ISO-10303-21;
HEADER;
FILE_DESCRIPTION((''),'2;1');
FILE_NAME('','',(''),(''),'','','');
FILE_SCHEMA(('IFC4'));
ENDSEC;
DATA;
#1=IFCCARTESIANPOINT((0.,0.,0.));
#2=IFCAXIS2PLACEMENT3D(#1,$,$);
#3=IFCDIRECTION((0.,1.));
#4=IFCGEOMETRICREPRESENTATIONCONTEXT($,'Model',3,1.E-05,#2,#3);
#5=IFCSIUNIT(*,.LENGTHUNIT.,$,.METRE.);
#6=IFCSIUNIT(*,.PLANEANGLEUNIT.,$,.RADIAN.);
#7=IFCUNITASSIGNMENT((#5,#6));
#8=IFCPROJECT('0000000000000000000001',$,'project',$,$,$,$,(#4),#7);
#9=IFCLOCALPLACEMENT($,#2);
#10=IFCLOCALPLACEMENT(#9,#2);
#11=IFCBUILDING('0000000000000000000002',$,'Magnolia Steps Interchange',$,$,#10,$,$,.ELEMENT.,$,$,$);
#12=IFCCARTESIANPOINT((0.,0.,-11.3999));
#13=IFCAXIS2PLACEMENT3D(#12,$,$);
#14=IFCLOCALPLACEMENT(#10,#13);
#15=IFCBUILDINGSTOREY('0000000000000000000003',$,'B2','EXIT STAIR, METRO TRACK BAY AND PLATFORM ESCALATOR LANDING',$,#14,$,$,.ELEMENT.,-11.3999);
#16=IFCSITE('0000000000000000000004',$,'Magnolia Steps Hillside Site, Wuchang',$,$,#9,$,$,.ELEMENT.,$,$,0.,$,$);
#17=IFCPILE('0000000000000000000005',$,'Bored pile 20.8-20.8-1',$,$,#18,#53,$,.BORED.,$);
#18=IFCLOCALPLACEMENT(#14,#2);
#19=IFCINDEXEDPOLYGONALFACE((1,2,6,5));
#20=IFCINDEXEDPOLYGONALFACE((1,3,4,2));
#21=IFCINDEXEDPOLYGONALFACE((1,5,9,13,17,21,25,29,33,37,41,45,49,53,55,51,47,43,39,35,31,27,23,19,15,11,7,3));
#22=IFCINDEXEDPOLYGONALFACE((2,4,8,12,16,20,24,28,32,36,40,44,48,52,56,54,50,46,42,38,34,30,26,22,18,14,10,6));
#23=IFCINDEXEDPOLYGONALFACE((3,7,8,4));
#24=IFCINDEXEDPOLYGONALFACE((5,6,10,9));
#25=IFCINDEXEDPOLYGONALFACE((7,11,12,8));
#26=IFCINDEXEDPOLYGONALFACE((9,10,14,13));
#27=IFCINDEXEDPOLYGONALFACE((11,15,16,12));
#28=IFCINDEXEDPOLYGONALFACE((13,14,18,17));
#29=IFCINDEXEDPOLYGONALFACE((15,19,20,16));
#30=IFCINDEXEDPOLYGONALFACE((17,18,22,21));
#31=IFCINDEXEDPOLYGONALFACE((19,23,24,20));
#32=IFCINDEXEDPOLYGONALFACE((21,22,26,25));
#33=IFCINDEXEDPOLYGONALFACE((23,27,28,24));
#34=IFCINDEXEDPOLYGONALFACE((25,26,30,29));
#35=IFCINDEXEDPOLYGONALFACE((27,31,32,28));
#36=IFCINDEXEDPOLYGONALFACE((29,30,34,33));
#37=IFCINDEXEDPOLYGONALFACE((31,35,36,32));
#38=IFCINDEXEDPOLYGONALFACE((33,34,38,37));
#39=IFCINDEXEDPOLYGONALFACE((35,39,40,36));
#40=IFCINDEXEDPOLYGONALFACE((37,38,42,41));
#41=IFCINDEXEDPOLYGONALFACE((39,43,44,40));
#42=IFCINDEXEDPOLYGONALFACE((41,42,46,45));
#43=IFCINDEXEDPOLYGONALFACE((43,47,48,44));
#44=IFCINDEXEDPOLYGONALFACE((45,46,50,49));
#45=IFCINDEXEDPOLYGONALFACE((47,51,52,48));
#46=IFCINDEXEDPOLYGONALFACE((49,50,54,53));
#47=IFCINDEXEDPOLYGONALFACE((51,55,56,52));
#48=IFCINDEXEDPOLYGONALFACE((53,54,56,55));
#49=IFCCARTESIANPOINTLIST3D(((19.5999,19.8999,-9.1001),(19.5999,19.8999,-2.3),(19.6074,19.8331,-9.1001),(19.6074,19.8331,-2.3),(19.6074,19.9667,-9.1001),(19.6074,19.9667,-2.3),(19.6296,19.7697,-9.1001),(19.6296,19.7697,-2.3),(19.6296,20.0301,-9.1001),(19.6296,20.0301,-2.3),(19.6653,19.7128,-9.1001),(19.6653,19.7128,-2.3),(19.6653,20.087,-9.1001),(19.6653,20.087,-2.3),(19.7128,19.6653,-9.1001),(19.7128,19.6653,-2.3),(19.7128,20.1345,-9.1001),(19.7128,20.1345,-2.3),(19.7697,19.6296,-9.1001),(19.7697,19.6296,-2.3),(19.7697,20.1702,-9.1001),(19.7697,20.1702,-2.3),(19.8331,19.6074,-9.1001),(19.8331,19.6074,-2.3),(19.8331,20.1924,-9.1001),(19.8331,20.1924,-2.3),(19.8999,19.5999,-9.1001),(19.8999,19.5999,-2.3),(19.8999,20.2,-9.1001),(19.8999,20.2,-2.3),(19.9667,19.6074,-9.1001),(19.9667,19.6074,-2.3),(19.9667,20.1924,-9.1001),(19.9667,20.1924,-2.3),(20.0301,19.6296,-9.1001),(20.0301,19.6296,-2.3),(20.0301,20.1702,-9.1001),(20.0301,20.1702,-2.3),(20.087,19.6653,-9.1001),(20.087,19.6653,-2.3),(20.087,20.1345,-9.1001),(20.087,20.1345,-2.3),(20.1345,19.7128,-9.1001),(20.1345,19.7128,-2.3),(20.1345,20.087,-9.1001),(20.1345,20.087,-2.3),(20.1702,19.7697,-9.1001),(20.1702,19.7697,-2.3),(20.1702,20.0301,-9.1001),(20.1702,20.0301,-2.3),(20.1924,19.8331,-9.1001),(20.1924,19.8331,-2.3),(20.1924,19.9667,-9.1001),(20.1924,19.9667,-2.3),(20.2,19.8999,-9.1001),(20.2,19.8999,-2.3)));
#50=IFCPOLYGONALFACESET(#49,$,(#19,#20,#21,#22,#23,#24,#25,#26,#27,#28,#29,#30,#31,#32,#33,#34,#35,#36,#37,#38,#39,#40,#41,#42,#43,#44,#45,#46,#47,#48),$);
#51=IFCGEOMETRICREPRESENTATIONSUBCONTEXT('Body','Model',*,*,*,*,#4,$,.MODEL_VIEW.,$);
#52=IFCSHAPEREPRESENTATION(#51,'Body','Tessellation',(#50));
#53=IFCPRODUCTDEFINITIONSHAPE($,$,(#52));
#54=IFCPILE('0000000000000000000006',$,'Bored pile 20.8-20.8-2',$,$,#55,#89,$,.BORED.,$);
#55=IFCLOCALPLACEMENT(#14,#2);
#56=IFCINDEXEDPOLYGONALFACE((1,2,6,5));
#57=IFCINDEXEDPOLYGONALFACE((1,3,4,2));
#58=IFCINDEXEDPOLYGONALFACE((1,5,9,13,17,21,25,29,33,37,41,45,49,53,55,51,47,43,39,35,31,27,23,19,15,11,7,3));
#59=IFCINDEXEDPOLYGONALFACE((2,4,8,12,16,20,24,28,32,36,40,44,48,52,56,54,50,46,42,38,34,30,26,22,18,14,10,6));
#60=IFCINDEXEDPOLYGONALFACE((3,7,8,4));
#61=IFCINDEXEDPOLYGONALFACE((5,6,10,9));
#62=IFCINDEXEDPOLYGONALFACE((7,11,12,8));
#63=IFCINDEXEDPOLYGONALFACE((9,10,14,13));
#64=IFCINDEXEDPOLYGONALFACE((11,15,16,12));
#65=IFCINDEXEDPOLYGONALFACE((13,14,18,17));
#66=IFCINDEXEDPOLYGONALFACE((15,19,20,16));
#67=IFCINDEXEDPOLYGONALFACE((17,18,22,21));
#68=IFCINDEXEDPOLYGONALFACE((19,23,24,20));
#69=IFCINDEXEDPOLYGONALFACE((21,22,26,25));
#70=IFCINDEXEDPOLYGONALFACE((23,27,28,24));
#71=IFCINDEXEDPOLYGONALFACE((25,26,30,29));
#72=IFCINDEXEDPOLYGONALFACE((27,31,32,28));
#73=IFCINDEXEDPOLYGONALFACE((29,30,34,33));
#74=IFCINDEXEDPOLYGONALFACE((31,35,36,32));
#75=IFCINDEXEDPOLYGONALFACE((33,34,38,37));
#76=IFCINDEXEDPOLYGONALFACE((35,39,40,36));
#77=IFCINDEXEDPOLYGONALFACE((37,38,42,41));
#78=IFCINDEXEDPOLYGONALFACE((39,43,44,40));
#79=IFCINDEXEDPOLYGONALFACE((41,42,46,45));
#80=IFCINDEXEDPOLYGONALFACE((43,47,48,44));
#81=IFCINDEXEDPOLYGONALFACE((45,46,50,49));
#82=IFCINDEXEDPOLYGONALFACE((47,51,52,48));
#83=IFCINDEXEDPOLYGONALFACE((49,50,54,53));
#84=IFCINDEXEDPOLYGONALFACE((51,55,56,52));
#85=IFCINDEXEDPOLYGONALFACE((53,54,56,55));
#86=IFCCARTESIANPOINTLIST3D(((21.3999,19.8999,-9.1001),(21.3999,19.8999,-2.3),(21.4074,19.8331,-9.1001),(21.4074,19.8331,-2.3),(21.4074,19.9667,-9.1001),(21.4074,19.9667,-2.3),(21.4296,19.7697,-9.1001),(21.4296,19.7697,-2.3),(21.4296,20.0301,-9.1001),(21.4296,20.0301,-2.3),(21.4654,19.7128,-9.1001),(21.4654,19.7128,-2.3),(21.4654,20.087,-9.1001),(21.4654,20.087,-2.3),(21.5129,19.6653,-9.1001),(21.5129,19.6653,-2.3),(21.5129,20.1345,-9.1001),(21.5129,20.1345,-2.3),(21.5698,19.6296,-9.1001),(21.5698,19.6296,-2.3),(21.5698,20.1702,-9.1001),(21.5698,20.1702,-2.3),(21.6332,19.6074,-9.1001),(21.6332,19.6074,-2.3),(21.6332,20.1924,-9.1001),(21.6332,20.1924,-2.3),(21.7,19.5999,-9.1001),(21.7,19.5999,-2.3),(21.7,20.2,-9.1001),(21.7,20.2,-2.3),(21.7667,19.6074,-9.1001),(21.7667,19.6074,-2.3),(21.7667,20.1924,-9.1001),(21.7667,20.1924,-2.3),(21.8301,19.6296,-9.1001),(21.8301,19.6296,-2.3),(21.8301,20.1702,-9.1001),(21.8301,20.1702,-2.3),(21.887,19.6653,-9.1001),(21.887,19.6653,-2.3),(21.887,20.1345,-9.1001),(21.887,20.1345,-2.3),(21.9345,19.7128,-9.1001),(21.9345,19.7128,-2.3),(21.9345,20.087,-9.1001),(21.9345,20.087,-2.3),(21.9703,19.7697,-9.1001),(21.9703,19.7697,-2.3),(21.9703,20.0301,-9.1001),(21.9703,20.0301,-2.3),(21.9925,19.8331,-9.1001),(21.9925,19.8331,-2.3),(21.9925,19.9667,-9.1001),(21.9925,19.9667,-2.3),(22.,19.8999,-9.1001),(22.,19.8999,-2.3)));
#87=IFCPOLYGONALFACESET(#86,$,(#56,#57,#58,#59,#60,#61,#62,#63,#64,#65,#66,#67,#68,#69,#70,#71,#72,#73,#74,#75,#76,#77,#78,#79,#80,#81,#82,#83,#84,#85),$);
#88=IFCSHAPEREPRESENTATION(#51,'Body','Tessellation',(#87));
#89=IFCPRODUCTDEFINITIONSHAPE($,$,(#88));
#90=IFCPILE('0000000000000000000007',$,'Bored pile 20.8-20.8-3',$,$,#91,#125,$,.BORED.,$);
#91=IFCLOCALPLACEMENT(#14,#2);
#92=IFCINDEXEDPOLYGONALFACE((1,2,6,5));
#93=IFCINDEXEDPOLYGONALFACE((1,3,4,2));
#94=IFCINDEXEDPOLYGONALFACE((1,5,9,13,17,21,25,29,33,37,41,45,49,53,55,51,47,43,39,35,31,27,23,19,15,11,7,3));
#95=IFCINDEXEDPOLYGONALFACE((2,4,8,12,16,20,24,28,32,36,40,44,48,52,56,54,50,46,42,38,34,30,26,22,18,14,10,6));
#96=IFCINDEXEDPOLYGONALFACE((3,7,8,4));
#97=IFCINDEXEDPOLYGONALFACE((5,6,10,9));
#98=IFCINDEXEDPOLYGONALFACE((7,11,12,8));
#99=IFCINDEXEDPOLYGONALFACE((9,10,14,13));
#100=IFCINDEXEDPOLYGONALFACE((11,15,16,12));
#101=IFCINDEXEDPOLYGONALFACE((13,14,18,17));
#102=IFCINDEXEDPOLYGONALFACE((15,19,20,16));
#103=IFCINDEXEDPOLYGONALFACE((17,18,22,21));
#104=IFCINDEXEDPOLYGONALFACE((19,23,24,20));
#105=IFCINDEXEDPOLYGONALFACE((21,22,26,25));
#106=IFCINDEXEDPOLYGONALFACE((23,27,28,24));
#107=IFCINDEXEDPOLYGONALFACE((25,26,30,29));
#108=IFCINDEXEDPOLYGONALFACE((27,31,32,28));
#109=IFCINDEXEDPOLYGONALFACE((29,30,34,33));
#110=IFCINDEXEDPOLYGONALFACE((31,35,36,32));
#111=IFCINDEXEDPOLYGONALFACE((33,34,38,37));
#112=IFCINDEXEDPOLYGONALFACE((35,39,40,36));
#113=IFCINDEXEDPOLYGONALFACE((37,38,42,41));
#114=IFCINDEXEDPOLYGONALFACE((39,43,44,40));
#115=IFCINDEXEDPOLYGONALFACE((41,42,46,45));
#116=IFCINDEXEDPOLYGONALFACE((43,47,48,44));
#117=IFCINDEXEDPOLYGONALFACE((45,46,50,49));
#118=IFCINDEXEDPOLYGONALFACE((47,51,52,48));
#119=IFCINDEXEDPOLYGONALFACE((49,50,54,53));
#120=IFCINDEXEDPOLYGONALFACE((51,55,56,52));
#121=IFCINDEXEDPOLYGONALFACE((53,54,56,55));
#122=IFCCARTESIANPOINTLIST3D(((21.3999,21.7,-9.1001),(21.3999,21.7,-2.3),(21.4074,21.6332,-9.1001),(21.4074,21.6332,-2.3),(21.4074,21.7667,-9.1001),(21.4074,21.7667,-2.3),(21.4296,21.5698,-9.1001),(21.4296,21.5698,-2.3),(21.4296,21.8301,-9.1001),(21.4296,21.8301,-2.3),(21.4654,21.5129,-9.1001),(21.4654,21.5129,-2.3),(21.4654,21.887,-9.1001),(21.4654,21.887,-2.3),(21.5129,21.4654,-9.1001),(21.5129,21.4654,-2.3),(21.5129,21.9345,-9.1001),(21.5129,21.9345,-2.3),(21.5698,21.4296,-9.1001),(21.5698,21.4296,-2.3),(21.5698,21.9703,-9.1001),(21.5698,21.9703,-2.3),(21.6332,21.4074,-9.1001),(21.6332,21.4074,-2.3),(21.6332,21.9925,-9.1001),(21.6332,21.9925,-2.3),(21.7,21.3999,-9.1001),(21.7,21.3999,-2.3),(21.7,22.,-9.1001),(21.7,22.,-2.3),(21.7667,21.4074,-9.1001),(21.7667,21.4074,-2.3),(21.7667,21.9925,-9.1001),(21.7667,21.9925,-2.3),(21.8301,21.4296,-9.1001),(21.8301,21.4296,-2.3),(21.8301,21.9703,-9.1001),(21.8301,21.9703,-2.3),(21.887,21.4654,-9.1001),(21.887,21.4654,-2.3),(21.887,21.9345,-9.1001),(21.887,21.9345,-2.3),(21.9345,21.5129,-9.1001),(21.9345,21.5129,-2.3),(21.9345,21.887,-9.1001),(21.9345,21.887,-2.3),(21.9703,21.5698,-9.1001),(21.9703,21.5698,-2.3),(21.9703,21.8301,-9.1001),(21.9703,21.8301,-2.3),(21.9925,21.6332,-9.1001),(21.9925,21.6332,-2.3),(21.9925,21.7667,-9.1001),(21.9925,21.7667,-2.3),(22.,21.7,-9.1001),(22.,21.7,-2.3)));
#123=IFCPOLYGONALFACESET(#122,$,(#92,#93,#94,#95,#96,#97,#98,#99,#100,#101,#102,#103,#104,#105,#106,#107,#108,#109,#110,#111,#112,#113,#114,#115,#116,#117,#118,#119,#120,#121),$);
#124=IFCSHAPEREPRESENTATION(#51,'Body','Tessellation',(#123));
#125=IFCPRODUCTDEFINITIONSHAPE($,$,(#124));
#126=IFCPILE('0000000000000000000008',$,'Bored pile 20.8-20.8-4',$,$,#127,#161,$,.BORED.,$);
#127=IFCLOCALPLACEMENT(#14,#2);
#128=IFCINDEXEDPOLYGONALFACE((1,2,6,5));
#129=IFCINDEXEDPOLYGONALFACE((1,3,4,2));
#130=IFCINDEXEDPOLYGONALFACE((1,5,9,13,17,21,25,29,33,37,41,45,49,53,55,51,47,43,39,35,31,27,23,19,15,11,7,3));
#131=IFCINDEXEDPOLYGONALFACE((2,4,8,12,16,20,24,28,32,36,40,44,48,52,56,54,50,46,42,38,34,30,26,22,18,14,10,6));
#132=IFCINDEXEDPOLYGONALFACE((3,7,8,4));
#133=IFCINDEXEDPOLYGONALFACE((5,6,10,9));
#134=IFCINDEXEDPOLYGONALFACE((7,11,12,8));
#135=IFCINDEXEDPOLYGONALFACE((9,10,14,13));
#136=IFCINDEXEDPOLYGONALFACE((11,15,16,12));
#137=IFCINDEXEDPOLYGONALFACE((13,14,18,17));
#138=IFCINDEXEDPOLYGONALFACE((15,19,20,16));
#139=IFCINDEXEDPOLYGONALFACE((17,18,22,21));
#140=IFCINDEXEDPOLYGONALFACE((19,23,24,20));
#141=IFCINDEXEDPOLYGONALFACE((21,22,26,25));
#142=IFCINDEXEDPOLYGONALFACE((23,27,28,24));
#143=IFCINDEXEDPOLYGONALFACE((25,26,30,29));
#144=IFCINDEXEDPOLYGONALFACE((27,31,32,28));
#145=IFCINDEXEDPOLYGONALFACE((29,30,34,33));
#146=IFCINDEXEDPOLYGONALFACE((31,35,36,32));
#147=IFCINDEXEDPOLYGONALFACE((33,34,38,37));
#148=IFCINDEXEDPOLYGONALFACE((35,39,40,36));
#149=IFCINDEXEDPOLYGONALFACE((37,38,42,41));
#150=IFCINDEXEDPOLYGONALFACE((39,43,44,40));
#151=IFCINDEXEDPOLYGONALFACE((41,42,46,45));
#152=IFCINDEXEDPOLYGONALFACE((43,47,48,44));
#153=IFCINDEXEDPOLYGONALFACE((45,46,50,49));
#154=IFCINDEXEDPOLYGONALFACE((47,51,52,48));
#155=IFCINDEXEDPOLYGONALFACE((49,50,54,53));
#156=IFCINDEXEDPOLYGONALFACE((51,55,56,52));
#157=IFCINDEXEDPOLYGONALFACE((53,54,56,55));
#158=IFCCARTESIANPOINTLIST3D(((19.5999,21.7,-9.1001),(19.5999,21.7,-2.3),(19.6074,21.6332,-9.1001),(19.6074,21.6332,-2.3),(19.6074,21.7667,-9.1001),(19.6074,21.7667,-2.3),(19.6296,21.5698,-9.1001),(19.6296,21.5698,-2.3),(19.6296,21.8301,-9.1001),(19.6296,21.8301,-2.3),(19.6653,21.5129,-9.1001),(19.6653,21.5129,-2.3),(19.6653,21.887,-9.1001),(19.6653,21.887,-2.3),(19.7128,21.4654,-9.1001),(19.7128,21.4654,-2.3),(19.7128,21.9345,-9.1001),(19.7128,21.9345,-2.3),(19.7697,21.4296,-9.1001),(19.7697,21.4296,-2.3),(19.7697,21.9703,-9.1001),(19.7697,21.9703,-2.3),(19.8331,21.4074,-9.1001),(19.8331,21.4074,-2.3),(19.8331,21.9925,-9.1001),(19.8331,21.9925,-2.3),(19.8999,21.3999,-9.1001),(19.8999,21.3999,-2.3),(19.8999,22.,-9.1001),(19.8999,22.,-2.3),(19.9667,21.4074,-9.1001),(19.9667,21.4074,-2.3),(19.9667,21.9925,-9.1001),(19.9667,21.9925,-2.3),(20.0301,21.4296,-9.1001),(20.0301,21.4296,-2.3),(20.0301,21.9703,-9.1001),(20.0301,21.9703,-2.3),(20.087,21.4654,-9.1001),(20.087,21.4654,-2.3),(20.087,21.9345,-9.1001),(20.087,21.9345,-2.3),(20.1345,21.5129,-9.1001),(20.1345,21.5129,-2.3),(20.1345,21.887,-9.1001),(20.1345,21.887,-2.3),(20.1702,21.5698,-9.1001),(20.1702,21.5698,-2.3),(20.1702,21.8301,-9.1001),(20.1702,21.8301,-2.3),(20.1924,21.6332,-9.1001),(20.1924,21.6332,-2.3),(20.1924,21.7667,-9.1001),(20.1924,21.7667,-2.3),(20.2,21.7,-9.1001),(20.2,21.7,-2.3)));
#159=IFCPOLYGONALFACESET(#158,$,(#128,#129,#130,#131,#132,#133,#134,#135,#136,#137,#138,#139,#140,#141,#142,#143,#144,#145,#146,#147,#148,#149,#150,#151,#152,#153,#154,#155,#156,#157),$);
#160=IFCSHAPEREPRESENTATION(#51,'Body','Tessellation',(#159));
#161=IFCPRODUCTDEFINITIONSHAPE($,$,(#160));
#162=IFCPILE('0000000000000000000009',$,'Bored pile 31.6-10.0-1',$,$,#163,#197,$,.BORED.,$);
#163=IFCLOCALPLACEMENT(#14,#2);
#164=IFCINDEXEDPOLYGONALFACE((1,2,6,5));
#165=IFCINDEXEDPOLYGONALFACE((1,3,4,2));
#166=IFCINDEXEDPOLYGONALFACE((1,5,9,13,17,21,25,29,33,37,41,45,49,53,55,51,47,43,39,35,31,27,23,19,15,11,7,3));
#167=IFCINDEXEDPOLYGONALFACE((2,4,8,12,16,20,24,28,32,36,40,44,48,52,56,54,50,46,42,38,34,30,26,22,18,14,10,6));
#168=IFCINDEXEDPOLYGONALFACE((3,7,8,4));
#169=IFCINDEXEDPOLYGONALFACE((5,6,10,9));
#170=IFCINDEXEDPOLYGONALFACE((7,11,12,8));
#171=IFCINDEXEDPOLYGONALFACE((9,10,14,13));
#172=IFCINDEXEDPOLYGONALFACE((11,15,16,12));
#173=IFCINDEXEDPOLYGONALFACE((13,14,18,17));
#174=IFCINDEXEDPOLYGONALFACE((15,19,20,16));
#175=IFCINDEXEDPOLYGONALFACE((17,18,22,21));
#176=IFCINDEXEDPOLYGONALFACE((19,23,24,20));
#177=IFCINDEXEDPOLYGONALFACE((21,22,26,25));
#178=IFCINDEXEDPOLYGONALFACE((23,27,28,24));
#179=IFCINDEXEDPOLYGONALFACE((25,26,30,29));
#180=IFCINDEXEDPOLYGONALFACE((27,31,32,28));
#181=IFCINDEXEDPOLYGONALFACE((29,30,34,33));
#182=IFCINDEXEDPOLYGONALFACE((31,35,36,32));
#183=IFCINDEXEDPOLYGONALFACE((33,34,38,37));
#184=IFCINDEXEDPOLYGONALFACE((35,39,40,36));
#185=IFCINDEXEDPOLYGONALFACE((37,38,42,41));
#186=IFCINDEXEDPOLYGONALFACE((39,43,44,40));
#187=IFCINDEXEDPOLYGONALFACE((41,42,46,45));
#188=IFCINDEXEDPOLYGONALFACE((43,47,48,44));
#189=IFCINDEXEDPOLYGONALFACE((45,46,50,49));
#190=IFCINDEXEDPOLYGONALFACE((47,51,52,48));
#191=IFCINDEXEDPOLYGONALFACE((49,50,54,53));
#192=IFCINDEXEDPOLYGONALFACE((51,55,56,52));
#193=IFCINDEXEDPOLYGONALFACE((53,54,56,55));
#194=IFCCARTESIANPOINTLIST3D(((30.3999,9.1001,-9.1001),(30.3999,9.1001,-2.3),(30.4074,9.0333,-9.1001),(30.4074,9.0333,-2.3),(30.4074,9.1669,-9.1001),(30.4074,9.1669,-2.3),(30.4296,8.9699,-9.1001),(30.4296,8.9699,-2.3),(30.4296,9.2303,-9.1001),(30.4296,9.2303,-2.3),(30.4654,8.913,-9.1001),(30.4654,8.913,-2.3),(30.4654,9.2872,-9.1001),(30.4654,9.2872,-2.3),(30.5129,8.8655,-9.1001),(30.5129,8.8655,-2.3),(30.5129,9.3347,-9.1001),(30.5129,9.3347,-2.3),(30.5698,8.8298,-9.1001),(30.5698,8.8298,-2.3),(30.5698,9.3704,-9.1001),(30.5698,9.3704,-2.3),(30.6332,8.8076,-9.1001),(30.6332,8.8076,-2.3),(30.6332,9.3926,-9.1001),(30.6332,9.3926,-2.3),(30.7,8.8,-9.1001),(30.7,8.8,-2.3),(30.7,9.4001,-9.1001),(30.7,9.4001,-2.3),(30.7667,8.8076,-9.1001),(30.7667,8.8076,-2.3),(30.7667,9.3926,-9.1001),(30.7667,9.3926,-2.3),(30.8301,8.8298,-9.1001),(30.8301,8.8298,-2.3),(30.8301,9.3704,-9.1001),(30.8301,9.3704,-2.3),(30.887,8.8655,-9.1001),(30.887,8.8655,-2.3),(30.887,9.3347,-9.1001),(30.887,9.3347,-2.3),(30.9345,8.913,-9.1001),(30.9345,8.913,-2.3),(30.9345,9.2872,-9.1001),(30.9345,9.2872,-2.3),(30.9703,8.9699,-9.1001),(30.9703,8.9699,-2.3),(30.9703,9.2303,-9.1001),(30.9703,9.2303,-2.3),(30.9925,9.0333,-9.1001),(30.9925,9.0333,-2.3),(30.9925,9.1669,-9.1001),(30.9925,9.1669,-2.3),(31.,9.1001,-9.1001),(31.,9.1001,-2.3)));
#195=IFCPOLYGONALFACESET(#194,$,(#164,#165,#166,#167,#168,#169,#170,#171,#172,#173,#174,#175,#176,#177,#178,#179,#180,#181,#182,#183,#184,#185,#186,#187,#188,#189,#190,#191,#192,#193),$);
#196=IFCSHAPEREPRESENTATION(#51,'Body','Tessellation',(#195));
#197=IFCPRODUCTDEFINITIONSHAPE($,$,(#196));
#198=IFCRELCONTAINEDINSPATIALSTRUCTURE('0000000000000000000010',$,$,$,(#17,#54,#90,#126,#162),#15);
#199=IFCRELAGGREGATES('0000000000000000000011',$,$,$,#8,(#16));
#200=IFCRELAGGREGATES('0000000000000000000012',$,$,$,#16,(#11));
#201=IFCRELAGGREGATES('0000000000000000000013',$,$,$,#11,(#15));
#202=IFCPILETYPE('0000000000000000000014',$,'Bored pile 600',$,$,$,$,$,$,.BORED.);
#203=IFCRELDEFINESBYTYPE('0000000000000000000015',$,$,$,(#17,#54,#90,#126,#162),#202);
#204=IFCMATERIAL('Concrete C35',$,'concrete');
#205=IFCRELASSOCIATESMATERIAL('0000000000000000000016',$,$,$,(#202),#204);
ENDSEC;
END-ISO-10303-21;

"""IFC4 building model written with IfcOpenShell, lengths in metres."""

from ifc_helpers import new_model, si_unit, direction, frame, origin, origin_2d, place, context, subcontext, project, spatial, circle, extrude, material, material_profile, profile_set, type_object, element, save


model = new_model("IFC4")

# Units and contexts
model_context = context("Model", 3, precision=1e-05, world=origin(), true_north=direction((0.0, 1.0)))
body_context = subcontext(model_context, "Body", "Model", "MODEL_VIEW")
ifc_project = project(units=[si_unit("LENGTHUNIT", "METRE"), si_unit("PLANEANGLEUNIT", "RADIAN")], contexts=[model_context])

# Site, building, storey
site_placement = place(None, origin())
site = spatial("IfcSite", under=ifc_project, at=site_placement, Name="Magnolia Steps Hillside Site, Wuchang", CompositionType="ELEMENT", RefElevation=0.0)
building_placement = place(site_placement, origin())
building = spatial("IfcBuilding", under=site, at=building_placement, Name="Magnolia Steps Interchange", CompositionType="ELEMENT")
storey_placement = place(building_placement, frame((0.0, 0.0, -11.3999)))
storey = spatial("IfcBuildingStorey", under=building, at=storey_placement, Name="B2", Description="EXIT STAIR, METRO TRACK BAY AND PLATFORM ESCALATOR LANDING", CompositionType="ELEMENT", Elevation=-11.3999)

# Piles
ifc_material_1 = material(Name="Concrete C35", Category="concrete")
ifc_material_profile_1 = material_profile(ifc_material_1, circle(Radius=0.3, at=origin_2d()), Name="Bored pile 600")
ifc_profile_set_1 = profile_set([ifc_material_profile_1], Name="Concrete C35")
pile_type_1 = type_object("IfcPileType", Name="Bored pile 600", PredefinedType="BORED", material=ifc_profile_set_1)
for number, where, z_axis, x_axis, name in (
    (1, (19.8999, 19.8999, -2.3), (0.0, 0.0, -1.0), (1.0, 0.0, 0.0), "Bored pile 20.8-20.8-1"),
    (2, (21.7, 19.8999, -2.3), (0.0, 0.0, -1.0), (1.0, 0.0, 0.0), "Bored pile 20.8-20.8-2"),
    (3, (21.7, 21.7, -2.3), (0.0, 0.0, -1.0), (1.0, 0.0, 0.0), "Bored pile 20.8-20.8-3"),
    (4, (19.8999, 21.7, -2.3), (0.0, 0.0, -1.0), (1.0, 0.0, 0.0), "Bored pile 20.8-20.8-4"),
    (5, (30.7, 9.1001, -2.3), (0.0, 0.0, -1.0), (1.0, 0.0, 0.0), "Bored pile 31.6-10.0-1"),
):
    element("IfcPile", number, at=place(storey_placement, frame(where, z_axis=z_axis, x_axis=x_axis)), inside=storey, type_object=pile_type_1, Name=name, PredefinedType="BORED", context=body_context, shape_type="SweptSolid", body=[
        extrude(circle(Radius=0.3, at=origin_2d()), origin(), (0.0, 0.0, 1.0), 6.8),
    ])

save(model, "model.ifc")
